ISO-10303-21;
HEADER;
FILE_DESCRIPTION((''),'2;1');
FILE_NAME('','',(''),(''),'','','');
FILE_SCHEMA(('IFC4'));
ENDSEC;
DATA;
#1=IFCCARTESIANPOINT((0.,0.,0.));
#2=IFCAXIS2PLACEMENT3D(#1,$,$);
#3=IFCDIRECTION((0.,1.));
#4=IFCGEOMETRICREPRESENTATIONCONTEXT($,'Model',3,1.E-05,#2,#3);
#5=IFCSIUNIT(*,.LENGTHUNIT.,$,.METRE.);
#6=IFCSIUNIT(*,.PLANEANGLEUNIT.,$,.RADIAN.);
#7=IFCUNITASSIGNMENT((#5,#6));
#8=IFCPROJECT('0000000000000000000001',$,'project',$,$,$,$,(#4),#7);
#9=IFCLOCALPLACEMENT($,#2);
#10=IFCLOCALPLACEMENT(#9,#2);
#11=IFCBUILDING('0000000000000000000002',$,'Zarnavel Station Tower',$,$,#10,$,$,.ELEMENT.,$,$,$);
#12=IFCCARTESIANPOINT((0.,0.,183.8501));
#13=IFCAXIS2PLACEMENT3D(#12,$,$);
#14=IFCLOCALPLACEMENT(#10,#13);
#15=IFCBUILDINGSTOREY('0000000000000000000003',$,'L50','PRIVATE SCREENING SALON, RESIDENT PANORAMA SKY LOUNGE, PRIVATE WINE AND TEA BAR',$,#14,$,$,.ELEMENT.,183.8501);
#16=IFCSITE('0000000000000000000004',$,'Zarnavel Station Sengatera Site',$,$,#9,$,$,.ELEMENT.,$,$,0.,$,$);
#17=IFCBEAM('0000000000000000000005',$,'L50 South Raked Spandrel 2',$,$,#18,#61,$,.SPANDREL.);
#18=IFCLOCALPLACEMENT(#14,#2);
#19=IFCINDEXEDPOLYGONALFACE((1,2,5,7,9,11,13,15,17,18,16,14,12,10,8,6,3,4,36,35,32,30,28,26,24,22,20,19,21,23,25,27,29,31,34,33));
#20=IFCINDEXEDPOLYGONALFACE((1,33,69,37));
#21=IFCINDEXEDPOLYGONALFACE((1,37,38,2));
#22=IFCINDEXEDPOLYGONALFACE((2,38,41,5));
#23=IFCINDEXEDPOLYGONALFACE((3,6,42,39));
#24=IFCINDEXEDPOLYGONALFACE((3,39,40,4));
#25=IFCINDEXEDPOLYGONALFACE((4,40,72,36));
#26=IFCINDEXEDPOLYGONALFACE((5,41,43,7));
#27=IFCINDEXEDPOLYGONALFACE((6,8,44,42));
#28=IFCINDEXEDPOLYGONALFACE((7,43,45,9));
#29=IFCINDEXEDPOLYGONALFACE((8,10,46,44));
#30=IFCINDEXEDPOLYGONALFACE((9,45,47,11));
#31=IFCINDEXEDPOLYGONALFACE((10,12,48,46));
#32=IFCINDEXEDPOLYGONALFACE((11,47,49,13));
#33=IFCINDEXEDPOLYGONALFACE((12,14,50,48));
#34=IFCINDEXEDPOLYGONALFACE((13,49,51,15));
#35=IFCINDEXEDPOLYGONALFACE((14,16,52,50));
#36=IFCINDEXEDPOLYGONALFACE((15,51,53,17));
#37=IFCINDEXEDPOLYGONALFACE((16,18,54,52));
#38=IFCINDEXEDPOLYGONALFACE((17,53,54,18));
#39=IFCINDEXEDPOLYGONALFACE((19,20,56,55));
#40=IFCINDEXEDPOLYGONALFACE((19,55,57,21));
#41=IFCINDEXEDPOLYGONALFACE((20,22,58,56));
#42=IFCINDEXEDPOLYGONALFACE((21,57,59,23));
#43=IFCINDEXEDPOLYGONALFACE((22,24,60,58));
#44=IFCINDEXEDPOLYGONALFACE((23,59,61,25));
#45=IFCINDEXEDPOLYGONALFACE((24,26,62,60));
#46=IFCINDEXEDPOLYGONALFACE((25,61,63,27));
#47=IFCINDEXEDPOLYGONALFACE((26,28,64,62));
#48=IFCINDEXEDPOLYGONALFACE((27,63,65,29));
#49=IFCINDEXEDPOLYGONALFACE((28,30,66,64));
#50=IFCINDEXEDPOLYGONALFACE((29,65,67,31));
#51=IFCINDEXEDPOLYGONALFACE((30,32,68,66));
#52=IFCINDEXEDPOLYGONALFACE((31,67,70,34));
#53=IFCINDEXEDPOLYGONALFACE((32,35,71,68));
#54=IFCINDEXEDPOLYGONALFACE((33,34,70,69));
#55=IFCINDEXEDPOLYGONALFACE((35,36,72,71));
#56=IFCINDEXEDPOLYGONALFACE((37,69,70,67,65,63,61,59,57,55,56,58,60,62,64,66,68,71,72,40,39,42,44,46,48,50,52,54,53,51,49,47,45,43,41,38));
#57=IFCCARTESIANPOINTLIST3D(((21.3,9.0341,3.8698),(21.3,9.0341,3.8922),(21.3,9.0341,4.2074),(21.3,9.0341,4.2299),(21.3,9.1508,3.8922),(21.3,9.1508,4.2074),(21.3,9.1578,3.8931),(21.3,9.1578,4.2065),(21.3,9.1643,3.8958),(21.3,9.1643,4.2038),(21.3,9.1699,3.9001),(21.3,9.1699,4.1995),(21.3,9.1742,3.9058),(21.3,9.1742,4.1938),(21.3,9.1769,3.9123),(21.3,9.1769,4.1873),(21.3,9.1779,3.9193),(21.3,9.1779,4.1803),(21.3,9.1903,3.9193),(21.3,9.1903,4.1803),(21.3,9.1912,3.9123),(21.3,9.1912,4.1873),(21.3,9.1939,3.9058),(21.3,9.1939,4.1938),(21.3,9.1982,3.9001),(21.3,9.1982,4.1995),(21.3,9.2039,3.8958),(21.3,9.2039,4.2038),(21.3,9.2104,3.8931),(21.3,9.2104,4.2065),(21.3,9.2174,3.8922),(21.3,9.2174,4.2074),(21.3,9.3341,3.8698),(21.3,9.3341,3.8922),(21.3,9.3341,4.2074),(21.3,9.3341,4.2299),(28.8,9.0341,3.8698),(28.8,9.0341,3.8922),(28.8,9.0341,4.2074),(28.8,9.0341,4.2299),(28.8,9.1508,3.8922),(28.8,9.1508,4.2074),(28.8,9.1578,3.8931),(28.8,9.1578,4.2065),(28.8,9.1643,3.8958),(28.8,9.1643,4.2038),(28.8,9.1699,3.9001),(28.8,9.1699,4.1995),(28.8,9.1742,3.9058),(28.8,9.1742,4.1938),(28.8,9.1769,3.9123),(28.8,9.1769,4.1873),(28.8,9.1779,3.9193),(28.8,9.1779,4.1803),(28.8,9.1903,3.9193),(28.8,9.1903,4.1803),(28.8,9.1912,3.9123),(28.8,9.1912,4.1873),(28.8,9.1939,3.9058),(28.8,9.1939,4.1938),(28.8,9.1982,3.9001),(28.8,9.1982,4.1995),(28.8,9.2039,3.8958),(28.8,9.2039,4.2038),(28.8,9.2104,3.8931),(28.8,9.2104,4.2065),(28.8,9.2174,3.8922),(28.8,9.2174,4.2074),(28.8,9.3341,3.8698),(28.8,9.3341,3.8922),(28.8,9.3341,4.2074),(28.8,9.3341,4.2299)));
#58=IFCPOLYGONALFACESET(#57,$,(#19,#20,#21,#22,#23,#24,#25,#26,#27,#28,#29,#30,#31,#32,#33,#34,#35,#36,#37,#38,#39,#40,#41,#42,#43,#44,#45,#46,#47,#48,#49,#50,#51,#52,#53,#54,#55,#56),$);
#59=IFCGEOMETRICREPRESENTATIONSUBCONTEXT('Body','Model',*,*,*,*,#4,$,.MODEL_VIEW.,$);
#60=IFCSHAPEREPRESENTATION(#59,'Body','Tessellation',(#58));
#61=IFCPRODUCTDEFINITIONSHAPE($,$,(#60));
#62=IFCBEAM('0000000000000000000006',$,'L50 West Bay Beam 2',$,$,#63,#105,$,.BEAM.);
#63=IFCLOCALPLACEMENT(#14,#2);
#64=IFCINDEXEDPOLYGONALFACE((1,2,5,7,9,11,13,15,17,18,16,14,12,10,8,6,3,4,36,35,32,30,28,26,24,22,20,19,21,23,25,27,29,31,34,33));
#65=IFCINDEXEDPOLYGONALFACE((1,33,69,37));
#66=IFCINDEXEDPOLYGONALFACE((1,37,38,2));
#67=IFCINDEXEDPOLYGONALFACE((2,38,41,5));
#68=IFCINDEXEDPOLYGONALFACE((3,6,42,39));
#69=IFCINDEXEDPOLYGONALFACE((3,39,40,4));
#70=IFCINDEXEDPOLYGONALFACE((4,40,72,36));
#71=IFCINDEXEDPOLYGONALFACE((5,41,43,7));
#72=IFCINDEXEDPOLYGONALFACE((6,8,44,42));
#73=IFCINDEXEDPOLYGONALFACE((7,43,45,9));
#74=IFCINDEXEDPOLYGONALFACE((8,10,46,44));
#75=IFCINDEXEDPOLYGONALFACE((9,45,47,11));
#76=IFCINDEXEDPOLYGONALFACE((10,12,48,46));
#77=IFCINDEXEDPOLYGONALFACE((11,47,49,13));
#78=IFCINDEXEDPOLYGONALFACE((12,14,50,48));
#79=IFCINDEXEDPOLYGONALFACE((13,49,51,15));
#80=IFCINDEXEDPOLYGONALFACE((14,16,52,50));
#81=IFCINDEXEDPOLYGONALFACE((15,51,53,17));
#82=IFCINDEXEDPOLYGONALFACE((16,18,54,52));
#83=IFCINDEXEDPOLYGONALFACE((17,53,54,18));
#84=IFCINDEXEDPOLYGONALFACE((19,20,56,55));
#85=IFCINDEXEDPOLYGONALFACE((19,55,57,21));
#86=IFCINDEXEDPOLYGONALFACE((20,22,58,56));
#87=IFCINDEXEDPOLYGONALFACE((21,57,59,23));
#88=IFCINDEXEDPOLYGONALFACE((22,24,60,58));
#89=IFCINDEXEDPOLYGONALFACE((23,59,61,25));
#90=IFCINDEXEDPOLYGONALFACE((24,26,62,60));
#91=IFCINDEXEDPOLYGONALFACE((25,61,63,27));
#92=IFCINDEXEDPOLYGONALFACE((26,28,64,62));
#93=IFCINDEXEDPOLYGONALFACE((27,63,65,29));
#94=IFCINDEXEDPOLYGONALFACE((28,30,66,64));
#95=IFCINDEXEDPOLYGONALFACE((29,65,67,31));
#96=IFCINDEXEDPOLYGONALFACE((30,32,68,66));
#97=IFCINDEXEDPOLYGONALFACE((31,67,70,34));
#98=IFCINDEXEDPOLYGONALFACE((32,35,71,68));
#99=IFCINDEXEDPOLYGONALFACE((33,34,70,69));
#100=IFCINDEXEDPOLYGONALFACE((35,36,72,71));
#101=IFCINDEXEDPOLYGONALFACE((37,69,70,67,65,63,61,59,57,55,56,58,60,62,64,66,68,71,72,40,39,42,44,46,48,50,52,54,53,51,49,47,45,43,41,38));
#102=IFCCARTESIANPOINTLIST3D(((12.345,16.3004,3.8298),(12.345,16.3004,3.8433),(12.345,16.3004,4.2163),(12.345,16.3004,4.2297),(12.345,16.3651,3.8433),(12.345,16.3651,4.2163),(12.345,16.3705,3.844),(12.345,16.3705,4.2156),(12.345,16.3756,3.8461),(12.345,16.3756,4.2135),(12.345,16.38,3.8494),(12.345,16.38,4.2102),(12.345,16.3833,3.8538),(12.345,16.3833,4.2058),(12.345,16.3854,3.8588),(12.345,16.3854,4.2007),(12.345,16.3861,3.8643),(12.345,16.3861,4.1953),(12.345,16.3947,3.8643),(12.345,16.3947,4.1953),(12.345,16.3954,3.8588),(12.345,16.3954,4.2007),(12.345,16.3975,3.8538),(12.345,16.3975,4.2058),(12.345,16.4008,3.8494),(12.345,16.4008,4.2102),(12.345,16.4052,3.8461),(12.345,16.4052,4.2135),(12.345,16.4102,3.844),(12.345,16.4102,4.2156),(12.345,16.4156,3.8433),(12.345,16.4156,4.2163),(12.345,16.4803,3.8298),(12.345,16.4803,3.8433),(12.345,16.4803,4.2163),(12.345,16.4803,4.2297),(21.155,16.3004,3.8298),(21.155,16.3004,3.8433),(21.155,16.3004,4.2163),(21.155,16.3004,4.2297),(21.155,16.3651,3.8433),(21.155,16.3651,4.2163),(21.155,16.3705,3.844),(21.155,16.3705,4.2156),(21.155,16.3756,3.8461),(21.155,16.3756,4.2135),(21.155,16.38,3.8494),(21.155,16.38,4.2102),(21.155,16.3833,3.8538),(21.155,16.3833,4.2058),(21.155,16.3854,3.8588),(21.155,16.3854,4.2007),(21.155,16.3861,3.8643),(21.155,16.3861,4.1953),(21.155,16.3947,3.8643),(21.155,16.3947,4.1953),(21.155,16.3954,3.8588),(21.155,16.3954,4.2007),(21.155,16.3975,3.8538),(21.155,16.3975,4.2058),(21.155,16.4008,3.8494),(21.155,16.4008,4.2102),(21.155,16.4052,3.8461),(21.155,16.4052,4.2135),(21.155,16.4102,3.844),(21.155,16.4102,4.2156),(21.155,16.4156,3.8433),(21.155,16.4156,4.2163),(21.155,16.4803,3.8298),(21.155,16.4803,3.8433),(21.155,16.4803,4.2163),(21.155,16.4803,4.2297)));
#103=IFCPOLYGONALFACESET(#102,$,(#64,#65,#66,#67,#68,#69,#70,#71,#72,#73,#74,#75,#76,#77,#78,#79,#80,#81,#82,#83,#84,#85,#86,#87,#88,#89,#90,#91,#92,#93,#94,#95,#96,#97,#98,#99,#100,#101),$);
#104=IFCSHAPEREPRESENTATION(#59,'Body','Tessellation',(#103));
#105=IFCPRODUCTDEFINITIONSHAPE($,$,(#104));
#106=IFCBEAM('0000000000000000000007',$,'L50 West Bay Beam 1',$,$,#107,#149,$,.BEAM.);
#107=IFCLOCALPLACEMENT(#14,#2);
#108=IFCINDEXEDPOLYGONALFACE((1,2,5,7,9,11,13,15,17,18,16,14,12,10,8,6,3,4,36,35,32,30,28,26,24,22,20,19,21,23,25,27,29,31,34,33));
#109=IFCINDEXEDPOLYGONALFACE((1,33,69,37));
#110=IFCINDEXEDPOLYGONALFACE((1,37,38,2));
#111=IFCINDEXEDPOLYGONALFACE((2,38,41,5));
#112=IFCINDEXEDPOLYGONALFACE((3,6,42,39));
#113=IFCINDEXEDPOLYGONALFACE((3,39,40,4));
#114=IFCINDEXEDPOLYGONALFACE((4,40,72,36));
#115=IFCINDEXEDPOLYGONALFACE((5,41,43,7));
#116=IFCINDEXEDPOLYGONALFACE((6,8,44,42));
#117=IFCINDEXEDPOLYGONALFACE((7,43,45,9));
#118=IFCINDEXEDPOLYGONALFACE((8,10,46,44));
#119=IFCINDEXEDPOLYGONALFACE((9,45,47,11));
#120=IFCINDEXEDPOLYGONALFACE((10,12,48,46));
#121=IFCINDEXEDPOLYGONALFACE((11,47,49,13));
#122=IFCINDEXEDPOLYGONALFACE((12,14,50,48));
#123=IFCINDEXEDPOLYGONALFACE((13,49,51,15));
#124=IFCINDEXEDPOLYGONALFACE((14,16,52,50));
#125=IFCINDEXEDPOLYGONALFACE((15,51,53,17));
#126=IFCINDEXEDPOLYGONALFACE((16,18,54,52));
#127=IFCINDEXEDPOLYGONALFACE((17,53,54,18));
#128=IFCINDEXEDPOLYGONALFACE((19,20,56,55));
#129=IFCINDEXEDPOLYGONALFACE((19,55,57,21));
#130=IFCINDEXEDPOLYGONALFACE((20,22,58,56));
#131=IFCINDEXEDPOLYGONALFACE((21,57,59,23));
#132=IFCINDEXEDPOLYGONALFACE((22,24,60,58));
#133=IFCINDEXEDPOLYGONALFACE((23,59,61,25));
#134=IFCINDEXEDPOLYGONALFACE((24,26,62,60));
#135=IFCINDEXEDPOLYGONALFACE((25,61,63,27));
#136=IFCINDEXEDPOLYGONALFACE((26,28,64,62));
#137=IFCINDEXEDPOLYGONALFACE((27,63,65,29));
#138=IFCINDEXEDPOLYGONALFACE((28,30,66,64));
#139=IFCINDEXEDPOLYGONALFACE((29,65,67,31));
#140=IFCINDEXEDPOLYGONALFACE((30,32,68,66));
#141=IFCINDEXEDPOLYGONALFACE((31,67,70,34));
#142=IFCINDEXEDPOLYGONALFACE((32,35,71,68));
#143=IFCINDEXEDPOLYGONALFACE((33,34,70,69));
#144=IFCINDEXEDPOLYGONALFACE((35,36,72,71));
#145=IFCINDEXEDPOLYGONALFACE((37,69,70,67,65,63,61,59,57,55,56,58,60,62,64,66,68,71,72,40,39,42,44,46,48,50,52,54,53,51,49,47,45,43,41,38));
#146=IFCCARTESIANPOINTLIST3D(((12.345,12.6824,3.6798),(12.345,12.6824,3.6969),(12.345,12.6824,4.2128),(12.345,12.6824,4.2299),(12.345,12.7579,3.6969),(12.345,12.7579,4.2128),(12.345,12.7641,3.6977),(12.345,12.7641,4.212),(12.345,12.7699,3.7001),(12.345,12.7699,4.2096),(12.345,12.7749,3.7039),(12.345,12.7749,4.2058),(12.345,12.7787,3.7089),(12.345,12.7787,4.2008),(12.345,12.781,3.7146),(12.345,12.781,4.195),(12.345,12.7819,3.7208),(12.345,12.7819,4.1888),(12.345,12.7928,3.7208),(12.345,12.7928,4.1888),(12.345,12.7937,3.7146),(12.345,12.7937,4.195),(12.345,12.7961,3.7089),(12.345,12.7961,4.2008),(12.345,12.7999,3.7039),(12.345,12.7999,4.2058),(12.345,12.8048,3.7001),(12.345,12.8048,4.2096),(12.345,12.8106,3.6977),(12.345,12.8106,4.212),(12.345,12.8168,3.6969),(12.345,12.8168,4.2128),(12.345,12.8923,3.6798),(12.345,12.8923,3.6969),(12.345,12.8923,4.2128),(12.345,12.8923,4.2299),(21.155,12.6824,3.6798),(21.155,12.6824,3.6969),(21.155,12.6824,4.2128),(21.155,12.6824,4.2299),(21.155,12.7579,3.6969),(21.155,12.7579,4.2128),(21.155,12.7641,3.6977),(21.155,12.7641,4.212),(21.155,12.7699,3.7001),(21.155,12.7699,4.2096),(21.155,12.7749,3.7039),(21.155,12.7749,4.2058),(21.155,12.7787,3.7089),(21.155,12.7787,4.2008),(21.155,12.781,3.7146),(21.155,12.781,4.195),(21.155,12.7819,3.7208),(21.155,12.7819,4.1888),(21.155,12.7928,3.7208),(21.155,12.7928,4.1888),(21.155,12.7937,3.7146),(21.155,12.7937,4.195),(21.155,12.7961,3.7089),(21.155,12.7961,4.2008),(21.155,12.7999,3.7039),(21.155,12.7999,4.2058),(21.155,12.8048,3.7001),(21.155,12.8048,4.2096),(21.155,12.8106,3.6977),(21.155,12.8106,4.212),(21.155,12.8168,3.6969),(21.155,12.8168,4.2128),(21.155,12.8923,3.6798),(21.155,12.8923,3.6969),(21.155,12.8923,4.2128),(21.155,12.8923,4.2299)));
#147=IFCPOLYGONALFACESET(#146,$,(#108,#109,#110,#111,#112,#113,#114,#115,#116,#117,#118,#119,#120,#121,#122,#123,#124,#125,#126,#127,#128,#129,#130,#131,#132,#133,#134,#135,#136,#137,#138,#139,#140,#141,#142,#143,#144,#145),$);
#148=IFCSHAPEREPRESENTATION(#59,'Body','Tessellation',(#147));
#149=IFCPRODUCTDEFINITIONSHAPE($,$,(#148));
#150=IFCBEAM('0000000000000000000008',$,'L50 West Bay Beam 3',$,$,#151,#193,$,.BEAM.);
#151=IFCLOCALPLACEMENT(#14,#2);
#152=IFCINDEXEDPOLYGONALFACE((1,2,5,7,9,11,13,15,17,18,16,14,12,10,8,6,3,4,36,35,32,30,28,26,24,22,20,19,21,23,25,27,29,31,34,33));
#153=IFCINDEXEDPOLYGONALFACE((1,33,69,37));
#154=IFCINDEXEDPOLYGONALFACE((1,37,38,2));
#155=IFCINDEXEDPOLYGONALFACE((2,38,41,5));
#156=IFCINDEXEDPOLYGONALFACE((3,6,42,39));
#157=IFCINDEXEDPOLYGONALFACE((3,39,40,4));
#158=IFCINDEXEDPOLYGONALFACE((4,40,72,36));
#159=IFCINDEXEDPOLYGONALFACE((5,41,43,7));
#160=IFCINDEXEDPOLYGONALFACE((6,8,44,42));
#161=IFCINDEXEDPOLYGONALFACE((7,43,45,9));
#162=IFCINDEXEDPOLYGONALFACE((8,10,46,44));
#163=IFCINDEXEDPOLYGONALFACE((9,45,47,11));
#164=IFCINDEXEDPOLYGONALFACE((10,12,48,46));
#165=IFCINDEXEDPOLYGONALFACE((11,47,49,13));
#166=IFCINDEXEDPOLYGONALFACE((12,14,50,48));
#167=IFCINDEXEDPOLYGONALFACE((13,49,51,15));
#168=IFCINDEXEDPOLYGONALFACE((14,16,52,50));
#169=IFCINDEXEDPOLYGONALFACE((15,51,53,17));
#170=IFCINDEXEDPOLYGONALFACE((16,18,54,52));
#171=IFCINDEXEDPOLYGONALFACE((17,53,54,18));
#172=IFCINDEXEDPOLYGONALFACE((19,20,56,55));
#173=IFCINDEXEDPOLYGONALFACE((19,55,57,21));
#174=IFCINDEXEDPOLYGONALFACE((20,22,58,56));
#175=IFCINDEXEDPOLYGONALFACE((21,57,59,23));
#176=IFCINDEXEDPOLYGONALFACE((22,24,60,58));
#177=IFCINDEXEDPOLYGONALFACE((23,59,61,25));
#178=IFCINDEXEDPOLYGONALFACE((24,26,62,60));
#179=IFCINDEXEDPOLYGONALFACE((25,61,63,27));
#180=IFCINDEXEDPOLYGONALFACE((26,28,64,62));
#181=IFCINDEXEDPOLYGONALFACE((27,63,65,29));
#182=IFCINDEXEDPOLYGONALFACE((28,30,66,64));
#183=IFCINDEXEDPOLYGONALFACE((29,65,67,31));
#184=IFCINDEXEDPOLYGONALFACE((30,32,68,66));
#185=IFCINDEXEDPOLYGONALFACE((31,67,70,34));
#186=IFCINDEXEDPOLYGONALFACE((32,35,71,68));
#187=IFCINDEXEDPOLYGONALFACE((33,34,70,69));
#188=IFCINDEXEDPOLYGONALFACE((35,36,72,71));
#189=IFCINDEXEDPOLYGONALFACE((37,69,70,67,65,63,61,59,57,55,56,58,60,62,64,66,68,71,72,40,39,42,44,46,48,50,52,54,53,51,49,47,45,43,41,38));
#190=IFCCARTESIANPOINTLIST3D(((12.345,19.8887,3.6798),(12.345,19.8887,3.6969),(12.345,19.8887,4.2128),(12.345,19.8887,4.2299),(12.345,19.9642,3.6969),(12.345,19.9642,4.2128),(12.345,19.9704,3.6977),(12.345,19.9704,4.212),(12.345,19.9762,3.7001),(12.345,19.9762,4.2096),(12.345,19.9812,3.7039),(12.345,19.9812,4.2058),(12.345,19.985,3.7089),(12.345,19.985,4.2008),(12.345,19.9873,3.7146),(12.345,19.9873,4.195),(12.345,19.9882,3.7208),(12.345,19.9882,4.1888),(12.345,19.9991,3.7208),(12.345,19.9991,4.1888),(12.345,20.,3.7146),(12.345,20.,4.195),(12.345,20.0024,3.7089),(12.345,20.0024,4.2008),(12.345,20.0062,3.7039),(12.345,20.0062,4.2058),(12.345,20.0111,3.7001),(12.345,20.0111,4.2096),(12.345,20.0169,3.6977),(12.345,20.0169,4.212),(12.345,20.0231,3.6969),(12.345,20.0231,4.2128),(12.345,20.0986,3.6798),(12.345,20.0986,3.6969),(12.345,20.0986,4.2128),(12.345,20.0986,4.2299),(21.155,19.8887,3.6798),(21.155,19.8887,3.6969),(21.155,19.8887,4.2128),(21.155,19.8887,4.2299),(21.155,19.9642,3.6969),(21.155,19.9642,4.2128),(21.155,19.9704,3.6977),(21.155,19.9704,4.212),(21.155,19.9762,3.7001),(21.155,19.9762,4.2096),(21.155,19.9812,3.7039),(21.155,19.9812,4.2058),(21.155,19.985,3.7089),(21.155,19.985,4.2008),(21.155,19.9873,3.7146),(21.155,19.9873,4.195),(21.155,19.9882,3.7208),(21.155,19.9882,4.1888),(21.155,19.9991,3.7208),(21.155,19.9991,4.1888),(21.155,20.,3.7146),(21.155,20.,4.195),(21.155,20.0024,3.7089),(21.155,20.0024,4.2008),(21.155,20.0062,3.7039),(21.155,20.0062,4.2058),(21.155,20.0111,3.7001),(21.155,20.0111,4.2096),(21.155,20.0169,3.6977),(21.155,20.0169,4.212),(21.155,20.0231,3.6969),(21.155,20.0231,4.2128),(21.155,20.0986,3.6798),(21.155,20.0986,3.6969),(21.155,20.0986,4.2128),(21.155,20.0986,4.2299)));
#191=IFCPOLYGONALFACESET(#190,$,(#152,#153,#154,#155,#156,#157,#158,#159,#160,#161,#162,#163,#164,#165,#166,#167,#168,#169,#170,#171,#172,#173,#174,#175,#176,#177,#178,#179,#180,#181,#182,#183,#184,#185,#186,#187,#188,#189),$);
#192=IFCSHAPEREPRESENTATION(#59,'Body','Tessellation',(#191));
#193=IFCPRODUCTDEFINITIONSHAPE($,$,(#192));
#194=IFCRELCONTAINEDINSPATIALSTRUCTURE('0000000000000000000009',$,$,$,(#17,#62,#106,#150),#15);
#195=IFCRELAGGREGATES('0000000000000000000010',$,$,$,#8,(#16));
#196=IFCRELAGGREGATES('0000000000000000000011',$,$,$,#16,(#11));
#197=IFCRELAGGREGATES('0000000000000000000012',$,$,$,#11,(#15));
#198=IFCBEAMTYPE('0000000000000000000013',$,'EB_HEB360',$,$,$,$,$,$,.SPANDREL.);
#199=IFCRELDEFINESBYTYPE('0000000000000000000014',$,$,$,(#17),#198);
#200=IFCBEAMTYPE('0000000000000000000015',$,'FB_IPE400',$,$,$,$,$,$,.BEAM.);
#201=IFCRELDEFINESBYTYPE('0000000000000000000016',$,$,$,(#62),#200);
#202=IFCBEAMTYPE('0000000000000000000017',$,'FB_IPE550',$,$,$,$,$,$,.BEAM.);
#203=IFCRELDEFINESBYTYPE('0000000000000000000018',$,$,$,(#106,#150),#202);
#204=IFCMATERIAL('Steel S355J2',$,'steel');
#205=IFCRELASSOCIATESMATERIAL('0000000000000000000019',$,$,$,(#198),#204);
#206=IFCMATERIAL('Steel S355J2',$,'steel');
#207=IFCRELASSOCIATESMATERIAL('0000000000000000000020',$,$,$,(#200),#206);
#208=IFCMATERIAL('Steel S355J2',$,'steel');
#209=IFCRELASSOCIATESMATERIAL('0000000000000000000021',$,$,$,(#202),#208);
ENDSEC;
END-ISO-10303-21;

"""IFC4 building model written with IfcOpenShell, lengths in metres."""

from ifc_helpers import new_model, si_unit, direction, frame, origin, origin_2d, place, context, subcontext, project, spatial, i_section, extrude, material, material_profile, profile_set, type_object, element, save


model = new_model("IFC4")

# Units and contexts
model_context = context("Model", 3, precision=1e-05, world=origin(), true_north=direction((0.0, 1.0)))
body_context = subcontext(model_context, "Body", "Model", "MODEL_VIEW")
ifc_project = project(units=[si_unit("LENGTHUNIT", "METRE"), si_unit("PLANEANGLEUNIT", "RADIAN")], contexts=[model_context])

# Site, building, storey
site_placement = place(None, origin())
site = spatial("IfcSite", under=ifc_project, at=site_placement, Name="Zarnavel Station Sengatera Site", CompositionType="ELEMENT", RefElevation=0.0)
building_placement = place(site_placement, origin())
building = spatial("IfcBuilding", under=site, at=building_placement, Name="Zarnavel Station Tower", CompositionType="ELEMENT")
storey_placement = place(building_placement, frame((0.0, 0.0, 183.8501)))
storey = spatial("IfcBuildingStorey", under=building, at=storey_placement, Name="L50", Description="PRIVATE SCREENING SALON, RESIDENT PANORAMA SKY LOUNGE, PRIVATE WINE AND TEA BAR", CompositionType="ELEMENT", Elevation=183.8501)

# Beams
ifc_material_1 = material(Name="Steel S355J2", Category="steel")
ifc_material_profile_1 = material_profile(ifc_material_1, i_section(OverallWidth=0.3, OverallDepth=0.3601, WebThickness=0.0125, FlangeThickness=0.0225, FilletRadius=0.0271, at=origin_2d()), Name="HEB360")
ifc_profile_set_1 = profile_set([ifc_material_profile_1], Name="Steel S355J2")
beam_type_1 = type_object("IfcBeamType", Name="EB_HEB360", PredefinedType="SPANDREL", material=ifc_profile_set_1)
beam_1_placement = place(storey_placement, frame((21.3, 9.1841, 4.0498), z_axis=(1.0, 0.0, 0.0), x_axis=(0.0, 1.0, 0.0)))
element("IfcBeam", 1, at=beam_1_placement, inside=storey, type_object=beam_type_1, Name="L50 South Raked Spandrel 2", PredefinedType="SPANDREL", context=body_context, shape_type="SweptSolid", body=[
    extrude(i_section(OverallWidth=0.3, OverallDepth=0.3601, WebThickness=0.0125, FlangeThickness=0.0225, FilletRadius=0.0271, at=origin_2d()), origin(), (0.0, 0.0, 1.0), 7.5),
])
ifc_material_2 = material(Name="Steel S355J2", Category="steel")
ifc_material_profile_2 = material_profile(ifc_material_2, i_section(OverallWidth=0.1799, OverallDepth=0.3999, WebThickness=0.0085, FlangeThickness=0.0134, FilletRadius=0.021, at=origin_2d()), Name="IPE400")
ifc_profile_set_2 = profile_set([ifc_material_profile_2], Name="Steel S355J2")
beam_type_2 = type_object("IfcBeamType", Name="FB_IPE400", PredefinedType="BEAM", material=ifc_profile_set_2)
beam_2_placement = place(storey_placement, frame((12.345, 16.3904, 4.0298), z_axis=(1.0, 0.0, 0.0), x_axis=(0.0, 1.0, 0.0)))
element("IfcBeam", 2, at=beam_2_placement, inside=storey, type_object=beam_type_2, Name="L50 West Bay Beam 2", PredefinedType="BEAM", context=body_context, shape_type="SweptSolid", body=[
    extrude(i_section(OverallWidth=0.1799, OverallDepth=0.3999, WebThickness=0.0085, FlangeThickness=0.0134, FilletRadius=0.021, at=origin_2d()), origin(), (0.0, 0.0, 1.0), 8.8101),
])
ifc_material_3 = material(Name="Steel S355J2", Category="steel")
ifc_material_profile_3 = material_profile(ifc_material_3, i_section(OverallWidth=0.21, OverallDepth=0.55, WebThickness=0.011, FlangeThickness=0.0171, FilletRadius=0.0239, at=origin_2d()), Name="IPE550")
ifc_profile_set_3 = profile_set([ifc_material_profile_3], Name="Steel S355J2")
beam_type_3 = type_object("IfcBeamType", Name="FB_IPE550", PredefinedType="BEAM", material=ifc_profile_set_3)
for number, where, z_axis, x_axis, name in (
    (3, (12.345, 12.7874, 3.9548), (1.0, 0.0, 0.0), (0.0, 1.0, 0.0), "L50 West Bay Beam 1"),
    (4, (12.345, 19.9937, 3.9548), (1.0, 0.0, 0.0), (0.0, 1.0, 0.0), "L50 West Bay Beam 3"),
):
    element("IfcBeam", number, at=place(storey_placement, frame(where, z_axis=z_axis, x_axis=x_axis)), inside=storey, type_object=beam_type_3, Name=name, PredefinedType="BEAM", context=body_context, shape_type="SweptSolid", body=[
        extrude(i_section(OverallWidth=0.21, OverallDepth=0.55, WebThickness=0.011, FlangeThickness=0.0171, FilletRadius=0.0239, at=origin_2d()), origin(), (0.0, 0.0, 1.0), 8.8101),
    ])

save(model, "model.ifc")
